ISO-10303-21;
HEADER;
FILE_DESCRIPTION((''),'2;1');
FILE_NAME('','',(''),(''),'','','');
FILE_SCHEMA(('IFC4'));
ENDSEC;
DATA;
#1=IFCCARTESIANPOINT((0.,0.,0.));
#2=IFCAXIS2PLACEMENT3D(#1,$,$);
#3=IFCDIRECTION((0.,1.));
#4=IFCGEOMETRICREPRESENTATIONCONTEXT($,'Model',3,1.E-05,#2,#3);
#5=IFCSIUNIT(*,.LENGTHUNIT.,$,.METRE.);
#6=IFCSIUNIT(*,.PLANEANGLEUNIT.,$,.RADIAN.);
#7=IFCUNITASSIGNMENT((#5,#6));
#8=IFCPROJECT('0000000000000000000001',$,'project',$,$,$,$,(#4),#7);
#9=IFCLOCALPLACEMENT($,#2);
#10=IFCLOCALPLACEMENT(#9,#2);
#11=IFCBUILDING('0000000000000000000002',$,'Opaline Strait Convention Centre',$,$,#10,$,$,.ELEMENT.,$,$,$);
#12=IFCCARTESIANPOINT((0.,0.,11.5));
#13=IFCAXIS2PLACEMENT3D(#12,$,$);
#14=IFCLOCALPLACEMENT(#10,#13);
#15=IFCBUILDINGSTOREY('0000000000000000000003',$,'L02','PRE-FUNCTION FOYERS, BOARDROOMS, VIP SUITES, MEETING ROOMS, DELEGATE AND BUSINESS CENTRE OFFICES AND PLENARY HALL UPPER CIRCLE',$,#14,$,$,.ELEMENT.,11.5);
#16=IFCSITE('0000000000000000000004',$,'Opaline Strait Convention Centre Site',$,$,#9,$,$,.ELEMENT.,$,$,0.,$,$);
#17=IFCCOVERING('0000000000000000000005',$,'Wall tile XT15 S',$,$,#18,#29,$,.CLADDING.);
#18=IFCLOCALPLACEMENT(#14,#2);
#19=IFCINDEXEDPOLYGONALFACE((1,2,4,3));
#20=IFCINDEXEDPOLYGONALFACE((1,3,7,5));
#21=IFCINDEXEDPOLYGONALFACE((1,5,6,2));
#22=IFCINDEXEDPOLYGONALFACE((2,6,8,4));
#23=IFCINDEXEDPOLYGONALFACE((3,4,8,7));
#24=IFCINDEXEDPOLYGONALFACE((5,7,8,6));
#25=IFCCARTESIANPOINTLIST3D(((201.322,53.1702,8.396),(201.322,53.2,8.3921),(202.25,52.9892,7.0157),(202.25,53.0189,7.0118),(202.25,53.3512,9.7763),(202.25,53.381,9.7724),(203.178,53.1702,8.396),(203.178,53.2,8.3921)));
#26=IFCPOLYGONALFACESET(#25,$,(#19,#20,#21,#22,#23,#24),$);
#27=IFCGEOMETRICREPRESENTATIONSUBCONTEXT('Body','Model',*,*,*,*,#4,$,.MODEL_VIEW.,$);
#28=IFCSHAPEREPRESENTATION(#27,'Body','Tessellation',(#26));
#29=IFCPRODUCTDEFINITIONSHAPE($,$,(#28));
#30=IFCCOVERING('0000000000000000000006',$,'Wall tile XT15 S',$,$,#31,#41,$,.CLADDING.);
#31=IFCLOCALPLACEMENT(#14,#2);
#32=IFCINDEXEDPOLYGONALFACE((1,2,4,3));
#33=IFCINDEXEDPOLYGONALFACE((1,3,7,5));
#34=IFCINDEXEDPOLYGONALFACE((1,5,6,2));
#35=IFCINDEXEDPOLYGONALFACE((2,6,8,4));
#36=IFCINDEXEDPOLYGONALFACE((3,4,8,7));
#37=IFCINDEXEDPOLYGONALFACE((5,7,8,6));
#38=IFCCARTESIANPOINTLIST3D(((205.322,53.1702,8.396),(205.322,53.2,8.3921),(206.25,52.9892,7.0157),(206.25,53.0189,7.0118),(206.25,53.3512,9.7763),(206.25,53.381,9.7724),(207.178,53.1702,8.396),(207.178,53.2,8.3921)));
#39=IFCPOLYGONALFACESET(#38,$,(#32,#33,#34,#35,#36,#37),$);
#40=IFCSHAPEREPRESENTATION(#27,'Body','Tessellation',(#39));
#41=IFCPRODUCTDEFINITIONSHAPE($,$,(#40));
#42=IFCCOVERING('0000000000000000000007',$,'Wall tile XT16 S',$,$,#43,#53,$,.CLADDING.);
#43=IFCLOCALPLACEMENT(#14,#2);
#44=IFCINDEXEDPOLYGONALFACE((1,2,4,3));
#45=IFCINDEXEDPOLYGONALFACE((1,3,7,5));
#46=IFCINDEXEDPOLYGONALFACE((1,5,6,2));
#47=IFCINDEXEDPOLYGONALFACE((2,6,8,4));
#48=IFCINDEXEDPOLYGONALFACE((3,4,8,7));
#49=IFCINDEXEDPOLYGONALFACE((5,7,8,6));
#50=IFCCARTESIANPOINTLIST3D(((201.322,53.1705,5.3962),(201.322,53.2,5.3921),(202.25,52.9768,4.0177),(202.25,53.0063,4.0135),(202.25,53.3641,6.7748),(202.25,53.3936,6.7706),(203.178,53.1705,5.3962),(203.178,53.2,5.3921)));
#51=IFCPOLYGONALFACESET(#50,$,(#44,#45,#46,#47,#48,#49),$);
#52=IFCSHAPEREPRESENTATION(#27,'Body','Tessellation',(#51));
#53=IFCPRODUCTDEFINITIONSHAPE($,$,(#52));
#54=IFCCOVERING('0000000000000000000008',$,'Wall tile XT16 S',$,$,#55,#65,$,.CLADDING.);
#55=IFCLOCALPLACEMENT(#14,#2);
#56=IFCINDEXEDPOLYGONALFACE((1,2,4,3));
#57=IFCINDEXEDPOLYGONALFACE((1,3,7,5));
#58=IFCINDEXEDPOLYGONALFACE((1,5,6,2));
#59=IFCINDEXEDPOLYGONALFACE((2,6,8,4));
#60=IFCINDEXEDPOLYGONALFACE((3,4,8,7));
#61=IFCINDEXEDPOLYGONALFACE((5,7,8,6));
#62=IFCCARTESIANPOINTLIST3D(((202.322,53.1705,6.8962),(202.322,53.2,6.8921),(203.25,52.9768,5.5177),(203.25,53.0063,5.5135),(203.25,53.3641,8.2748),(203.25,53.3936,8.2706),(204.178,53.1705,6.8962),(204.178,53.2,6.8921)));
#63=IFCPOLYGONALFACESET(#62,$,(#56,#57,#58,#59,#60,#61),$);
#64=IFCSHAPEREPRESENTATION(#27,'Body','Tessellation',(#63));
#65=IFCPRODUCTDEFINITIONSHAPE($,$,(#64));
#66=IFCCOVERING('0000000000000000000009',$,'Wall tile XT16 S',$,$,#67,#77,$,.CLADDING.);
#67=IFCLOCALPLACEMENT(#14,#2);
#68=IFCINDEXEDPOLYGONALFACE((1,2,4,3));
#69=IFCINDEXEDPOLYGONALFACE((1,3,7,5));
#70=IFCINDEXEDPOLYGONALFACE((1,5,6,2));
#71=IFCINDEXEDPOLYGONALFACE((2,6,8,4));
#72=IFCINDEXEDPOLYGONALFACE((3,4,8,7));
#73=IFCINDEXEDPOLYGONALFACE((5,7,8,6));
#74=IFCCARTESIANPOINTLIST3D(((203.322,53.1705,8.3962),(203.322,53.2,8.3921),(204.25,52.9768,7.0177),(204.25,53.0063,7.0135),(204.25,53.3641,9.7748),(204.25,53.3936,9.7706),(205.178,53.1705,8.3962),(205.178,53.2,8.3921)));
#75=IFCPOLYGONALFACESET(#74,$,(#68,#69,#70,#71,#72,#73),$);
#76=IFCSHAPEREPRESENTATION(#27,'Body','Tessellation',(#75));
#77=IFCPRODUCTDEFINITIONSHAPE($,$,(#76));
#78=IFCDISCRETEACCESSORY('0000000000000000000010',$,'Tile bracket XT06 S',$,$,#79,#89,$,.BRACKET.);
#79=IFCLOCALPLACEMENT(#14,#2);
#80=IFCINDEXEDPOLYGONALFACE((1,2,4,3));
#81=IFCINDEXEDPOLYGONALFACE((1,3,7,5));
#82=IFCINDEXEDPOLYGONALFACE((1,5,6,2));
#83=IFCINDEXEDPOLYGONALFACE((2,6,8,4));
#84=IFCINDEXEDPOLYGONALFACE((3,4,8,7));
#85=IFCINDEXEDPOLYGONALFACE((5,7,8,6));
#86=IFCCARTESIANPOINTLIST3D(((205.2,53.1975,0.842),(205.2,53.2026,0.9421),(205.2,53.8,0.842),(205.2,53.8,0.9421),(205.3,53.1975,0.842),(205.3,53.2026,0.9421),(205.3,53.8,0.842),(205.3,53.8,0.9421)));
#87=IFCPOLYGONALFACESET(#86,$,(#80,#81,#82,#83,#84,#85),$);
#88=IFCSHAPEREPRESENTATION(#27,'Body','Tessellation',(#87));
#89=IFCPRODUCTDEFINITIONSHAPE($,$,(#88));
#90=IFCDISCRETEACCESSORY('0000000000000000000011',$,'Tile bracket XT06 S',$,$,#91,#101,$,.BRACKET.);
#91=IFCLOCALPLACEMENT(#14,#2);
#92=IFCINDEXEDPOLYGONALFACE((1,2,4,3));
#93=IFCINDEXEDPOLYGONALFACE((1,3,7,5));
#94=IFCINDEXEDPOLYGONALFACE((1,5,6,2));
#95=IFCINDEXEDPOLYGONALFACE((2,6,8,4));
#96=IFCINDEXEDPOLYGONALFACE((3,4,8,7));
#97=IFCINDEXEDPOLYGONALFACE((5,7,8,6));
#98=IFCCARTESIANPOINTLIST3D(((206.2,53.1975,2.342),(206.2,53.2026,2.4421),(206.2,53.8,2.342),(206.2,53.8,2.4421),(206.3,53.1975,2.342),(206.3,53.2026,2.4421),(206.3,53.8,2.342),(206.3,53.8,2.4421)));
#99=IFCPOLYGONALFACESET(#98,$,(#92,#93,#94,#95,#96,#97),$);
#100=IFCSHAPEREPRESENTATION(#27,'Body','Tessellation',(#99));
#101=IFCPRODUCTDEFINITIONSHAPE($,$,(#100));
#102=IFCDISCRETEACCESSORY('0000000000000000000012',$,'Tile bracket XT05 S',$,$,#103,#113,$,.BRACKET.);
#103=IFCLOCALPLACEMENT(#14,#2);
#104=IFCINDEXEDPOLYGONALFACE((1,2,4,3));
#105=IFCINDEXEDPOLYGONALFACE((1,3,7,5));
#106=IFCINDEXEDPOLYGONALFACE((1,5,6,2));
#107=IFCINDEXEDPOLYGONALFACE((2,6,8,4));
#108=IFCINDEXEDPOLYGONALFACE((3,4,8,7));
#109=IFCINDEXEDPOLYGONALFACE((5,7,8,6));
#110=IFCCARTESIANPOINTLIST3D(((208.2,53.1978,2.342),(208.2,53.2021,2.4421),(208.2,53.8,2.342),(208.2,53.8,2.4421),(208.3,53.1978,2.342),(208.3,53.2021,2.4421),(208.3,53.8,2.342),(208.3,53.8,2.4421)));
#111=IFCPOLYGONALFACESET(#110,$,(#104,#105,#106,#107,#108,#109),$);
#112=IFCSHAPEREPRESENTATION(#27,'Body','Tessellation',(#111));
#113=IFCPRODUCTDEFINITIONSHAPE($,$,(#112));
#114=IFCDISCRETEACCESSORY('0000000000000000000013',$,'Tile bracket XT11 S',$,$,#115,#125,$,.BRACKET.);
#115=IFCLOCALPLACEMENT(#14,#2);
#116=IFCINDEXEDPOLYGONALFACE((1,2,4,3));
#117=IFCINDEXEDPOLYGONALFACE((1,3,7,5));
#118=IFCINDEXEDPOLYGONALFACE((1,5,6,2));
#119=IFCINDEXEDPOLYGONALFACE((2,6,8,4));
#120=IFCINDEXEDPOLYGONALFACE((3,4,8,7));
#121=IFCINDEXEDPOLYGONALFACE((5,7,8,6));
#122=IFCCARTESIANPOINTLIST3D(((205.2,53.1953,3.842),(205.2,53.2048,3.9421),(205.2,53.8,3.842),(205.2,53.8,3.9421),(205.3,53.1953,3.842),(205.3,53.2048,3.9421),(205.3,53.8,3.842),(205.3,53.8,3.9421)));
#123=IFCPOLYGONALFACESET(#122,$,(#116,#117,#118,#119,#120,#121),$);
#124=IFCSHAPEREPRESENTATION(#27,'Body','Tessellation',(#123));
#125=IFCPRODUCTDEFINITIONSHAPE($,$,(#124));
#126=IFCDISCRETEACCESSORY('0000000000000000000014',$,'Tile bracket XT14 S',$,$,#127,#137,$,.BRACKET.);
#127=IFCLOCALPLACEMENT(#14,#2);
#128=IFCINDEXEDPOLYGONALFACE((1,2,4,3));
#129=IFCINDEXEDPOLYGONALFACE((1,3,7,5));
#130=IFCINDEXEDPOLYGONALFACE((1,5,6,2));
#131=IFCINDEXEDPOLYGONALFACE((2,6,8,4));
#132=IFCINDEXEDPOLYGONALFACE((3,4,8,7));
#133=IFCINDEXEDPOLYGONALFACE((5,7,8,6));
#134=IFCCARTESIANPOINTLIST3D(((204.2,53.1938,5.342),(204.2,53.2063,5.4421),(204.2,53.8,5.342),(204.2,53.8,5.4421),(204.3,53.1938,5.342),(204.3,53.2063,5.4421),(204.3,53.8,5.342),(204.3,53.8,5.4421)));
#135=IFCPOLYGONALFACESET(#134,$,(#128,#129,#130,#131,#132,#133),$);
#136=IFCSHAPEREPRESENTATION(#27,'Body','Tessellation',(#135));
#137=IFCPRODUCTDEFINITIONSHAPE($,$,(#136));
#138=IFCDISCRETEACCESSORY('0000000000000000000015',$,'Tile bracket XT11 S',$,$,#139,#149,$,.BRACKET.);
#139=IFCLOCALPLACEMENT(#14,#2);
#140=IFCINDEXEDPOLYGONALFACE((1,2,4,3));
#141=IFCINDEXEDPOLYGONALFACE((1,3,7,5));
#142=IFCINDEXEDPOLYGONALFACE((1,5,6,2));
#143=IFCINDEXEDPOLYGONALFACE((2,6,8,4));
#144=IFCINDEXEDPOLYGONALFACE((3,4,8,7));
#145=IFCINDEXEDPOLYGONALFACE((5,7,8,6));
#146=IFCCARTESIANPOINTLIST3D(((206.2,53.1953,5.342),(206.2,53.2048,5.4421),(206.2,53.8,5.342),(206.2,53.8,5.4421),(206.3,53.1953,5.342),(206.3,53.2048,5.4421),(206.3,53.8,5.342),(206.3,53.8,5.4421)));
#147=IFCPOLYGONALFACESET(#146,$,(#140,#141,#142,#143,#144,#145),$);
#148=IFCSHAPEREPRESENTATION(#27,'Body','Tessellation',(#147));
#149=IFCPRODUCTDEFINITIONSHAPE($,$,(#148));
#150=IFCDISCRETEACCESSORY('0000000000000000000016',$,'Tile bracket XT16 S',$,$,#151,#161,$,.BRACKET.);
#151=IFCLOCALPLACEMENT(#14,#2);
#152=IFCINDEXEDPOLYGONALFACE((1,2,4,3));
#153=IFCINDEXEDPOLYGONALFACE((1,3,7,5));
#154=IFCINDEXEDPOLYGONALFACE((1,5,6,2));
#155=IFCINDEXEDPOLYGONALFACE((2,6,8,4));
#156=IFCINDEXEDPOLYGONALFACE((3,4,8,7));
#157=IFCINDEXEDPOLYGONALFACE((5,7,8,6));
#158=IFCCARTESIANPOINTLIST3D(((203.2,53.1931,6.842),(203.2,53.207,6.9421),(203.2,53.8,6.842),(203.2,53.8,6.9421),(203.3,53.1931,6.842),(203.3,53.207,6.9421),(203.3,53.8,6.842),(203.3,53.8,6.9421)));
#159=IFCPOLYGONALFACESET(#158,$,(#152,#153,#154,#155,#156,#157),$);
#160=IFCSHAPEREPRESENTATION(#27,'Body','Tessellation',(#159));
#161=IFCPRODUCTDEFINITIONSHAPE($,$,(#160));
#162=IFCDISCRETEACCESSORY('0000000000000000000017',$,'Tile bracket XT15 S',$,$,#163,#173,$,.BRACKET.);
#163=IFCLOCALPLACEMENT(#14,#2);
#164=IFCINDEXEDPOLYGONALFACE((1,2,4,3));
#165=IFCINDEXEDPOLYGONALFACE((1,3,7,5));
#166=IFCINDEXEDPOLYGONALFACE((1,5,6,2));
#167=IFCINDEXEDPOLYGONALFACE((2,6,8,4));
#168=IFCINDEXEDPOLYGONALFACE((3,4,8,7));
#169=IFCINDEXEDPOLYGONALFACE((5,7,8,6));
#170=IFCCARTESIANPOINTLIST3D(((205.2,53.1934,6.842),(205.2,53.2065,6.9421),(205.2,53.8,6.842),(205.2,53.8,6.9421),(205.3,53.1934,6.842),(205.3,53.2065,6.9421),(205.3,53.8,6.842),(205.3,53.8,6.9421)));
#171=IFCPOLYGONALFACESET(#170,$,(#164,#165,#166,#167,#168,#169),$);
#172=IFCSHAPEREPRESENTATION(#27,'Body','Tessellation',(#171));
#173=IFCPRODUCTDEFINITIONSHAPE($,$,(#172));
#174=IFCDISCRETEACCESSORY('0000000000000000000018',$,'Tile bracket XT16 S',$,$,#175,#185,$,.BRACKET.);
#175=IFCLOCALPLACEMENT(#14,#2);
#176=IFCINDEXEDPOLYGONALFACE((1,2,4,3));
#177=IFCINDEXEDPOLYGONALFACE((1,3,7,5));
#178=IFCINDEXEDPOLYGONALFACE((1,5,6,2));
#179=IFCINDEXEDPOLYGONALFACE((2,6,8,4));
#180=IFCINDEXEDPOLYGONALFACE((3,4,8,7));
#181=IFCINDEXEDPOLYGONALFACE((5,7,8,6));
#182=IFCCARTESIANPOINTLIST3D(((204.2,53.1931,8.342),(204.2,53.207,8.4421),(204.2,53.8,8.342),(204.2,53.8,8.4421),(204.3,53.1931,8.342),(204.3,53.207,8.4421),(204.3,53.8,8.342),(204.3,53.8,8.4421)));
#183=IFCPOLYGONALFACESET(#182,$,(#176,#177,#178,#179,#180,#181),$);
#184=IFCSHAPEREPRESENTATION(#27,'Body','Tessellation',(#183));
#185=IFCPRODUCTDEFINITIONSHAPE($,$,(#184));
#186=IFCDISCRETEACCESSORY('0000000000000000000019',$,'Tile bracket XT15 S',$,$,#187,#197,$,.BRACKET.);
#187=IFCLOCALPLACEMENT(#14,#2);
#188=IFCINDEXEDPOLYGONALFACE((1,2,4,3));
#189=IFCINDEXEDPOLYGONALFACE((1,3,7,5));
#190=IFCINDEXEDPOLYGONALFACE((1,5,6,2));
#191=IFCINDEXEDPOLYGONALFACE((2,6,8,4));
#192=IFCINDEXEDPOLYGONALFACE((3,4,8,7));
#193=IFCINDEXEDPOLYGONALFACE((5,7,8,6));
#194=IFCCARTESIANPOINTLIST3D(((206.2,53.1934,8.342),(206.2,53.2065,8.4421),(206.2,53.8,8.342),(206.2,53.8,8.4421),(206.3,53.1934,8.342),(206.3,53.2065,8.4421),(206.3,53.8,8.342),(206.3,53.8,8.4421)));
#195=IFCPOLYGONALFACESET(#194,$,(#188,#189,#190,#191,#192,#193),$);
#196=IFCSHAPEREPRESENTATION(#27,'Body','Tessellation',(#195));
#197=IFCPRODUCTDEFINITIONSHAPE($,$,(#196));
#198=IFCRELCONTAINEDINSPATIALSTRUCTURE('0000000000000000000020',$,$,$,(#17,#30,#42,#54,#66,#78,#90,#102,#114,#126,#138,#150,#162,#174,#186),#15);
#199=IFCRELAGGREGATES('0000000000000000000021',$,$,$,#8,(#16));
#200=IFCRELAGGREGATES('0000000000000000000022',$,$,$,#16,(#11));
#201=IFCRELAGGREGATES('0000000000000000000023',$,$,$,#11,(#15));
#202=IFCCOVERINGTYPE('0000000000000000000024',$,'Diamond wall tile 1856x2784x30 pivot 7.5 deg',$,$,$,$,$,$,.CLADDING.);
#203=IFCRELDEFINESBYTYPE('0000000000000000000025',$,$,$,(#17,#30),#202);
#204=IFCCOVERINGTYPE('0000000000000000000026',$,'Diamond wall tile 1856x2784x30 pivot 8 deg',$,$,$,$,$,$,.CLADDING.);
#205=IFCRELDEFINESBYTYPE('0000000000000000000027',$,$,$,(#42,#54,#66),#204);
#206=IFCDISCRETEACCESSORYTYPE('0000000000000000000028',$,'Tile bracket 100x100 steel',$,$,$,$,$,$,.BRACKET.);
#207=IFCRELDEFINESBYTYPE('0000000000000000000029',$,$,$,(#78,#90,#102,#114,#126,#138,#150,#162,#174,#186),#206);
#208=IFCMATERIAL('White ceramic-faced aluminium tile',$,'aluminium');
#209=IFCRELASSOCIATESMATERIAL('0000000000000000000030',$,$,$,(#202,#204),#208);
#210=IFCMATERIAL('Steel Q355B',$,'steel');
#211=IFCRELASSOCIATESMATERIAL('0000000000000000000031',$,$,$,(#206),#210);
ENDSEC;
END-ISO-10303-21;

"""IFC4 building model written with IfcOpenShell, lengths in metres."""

from ifc_helpers import new_model, si_unit, direction, frame, origin, place, context, subcontext, project, spatial, polyline, outline, extrude, material, material_profile, profile_set, type_object, element, save


model = new_model("IFC4")

# Units and contexts
model_context = context("Model", 3, precision=1e-05, world=origin(), true_north=direction((0.0, 1.0)))
body_context = subcontext(model_context, "Body", "Model", "MODEL_VIEW")
ifc_project = project(units=[si_unit("LENGTHUNIT", "METRE"), si_unit("PLANEANGLEUNIT", "RADIAN")], contexts=[model_context])

# Site, building, storey
site_placement = place(None, origin())
site = spatial("IfcSite", under=ifc_project, at=site_placement, Name="Opaline Strait Convention Centre Site", CompositionType="ELEMENT", RefElevation=0.0)
building_placement = place(site_placement, origin())
building = spatial("IfcBuilding", under=site, at=building_placement, Name="Opaline Strait Convention Centre", CompositionType="ELEMENT")
storey_placement = place(building_placement, frame((0.0, 0.0, 11.5)))
storey = spatial("IfcBuildingStorey", under=building, at=storey_placement, Name="L02", Description="PRE-FUNCTION FOYERS, BOARDROOMS, VIP SUITES, MEETING ROOMS, DELEGATE AND BUSINESS CENTRE OFFICES AND PLENARY HALL UPPER CIRCLE", CompositionType="ELEMENT", Elevation=11.5)

# Shared definitions
ifc_material_1 = material(Name="Steel Q355B", Category="steel")

# Coverings
ifc_material_2 = material(Name="White ceramic-faced aluminium tile", Category="aluminium")
ifc_material_profile_1 = material_profile(ifc_material_2, outline(polyline([(0.928, 0.0), (0.0, 1.3921), (-0.928, 0.0), (0.0, -1.3921), (0.928, 0.0)])), Name="Diamond tile 1856x2784")
ifc_profile_set_1 = profile_set([ifc_material_profile_1], Name="White ceramic-faced aluminium tile")
covering_type_1 = type_object("IfcCoveringType", Name="Diamond wall tile 1856x2784x30 pivot 7.5 deg", PredefinedType="CLADDING", material=ifc_profile_set_1)
for number, where, z_axis, x_axis, name in (
    (1, (202.25, 53.2, 8.3921), (0.0, -0.99151, 0.130034), (1.0, 0.0, 0.0), "Wall tile XT15 S"),
    (2, (206.25, 53.2, 8.3921), (0.0, -0.99151, 0.130034), (1.0, 0.0, 0.0), "Wall tile XT15 S"),
):
    element("IfcCovering", number, at=place(storey_placement, frame(where, z_axis=z_axis, x_axis=x_axis)), inside=storey, type_object=covering_type_1, Name=name, PredefinedType="CLADDING", context=body_context, shape_type="SweptSolid", body=[
        extrude(outline(polyline([(0.928, 0.0), (0.0, 1.3921), (-0.928, 0.0), (0.0, -1.3921), (0.928, 0.0)])), origin(), (0.0, 0.0, 1.0), 0.03),
    ])
ifc_material_profile_2 = material_profile(ifc_material_2, outline(polyline([(0.928, 0.0), (0.0, 1.3921), (-0.928, 0.0), (0.0, -1.3921), (0.928, 0.0)])), Name="Diamond tile 1856x2784")
ifc_profile_set_2 = profile_set([ifc_material_profile_2], Name="White ceramic-faced aluminium tile")
covering_type_2 = type_object("IfcCoveringType", Name="Diamond wall tile 1856x2784x30 pivot 8 deg", PredefinedType="CLADDING", material=ifc_profile_set_2)
for number, where, z_axis, x_axis, name in (
    (3, (202.25, 53.2, 5.3921), (0.0, -0.990274, 0.139129), (1.0, 0.0, 0.0), "Wall tile XT16 S"),
    (4, (203.25, 53.2, 6.8921), (0.0, -0.990274, 0.139129), (1.0, 0.0, 0.0), "Wall tile XT16 S"),
    (5, (204.25, 53.2, 8.3921), (0.0, -0.990274, 0.139129), (1.0, 0.0, 0.0), "Wall tile XT16 S"),
):
    element("IfcCovering", number, at=place(storey_placement, frame(where, z_axis=z_axis, x_axis=x_axis)), inside=storey, type_object=covering_type_2, Name=name, PredefinedType="CLADDING", context=body_context, shape_type="SweptSolid", body=[
        extrude(outline(polyline([(0.928, 0.0), (0.0, 1.3921), (-0.928, 0.0), (0.0, -1.3921), (0.928, 0.0)])), origin(), (0.0, 0.0, 1.0), 0.0298),
    ])

# Discrete accessories
discrete_accessory_type = type_object("IfcDiscreteAccessoryType", Name="Tile bracket 100x100 steel", PredefinedType="BRACKET", material=ifc_material_1)
for number, where, z_axis, x_axis, name in (
    (6, (205.2, 53.8, 0.8921), (1.0, 0.0, 0.0), (0.0, 1.0, 0.0), "Tile bracket XT06 S"),
    (7, (206.2, 53.8, 2.3921), (1.0, 0.0, 0.0), (0.0, 1.0, 0.0), "Tile bracket XT06 S"),
):
    element("IfcDiscreteAccessory", number, at=place(storey_placement, frame(where, z_axis=z_axis, x_axis=x_axis)), inside=storey, type_object=discrete_accessory_type, Name=name, PredefinedType="BRACKET", context=body_context, shape_type="SweptSolid", body=[
        extrude(outline(polyline([(0.0, -0.05), (0.0, 0.05), (-0.5974, 0.05), (-0.6025, -0.05), (0.0, -0.05)])), origin(), (0.0, 0.0, 1.0), 0.1001),
    ])
discrete_accessory_1_placement = place(storey_placement, frame((208.2, 53.8, 2.3921), z_axis=(1.0, 0.0, 0.0), x_axis=(0.0, 1.0, 0.0)))
element("IfcDiscreteAccessory", 8, at=discrete_accessory_1_placement, inside=storey, type_object=discrete_accessory_type, Name="Tile bracket XT05 S", PredefinedType="BRACKET", context=body_context, shape_type="SweptSolid", body=[
    extrude(outline(polyline([(0.0, -0.05), (0.0, 0.05), (-0.5979, 0.05), (-0.6023, -0.05), (0.0, -0.05)])), origin(), (0.0, 0.0, 1.0), 0.1001),
])
discrete_accessory_2_placement = place(storey_placement, frame((205.2, 53.8, 3.8921), z_axis=(1.0, 0.0, 0.0), x_axis=(0.0, 1.0, 0.0)))
element("IfcDiscreteAccessory", 9, at=discrete_accessory_2_placement, inside=storey, type_object=discrete_accessory_type, Name="Tile bracket XT11 S", PredefinedType="BRACKET", context=body_context, shape_type="SweptSolid", body=[
    extrude(outline(polyline([(0.0, -0.05), (0.0, 0.05), (-0.5952, 0.05), (-0.6047, -0.05), (0.0, -0.05)])), origin(), (0.0, 0.0, 1.0), 0.1001),
])
discrete_accessory_3_placement = place(storey_placement, frame((204.2, 53.8, 5.3921), z_axis=(1.0, 0.0, 0.0), x_axis=(0.0, 1.0, 0.0)))
element("IfcDiscreteAccessory", 10, at=discrete_accessory_3_placement, inside=storey, type_object=discrete_accessory_type, Name="Tile bracket XT14 S", PredefinedType="BRACKET", context=body_context, shape_type="SweptSolid", body=[
    extrude(outline(polyline([(0.0, -0.05), (0.0, 0.05), (-0.5938, 0.05), (-0.6062, -0.05), (0.0, -0.05)])), origin(), (0.0, 0.0, 1.0), 0.1001),
])
discrete_accessory_4_placement = place(storey_placement, frame((206.2, 53.8, 5.3921), z_axis=(1.0, 0.0, 0.0), x_axis=(0.0, 1.0, 0.0)))
element("IfcDiscreteAccessory", 11, at=discrete_accessory_4_placement, inside=storey, type_object=discrete_accessory_type, Name="Tile bracket XT11 S", PredefinedType="BRACKET", context=body_context, shape_type="SweptSolid", body=[
    extrude(outline(polyline([(0.0, -0.05), (0.0, 0.05), (-0.5952, 0.05), (-0.6047, -0.05), (0.0, -0.05)])), origin(), (0.0, 0.0, 1.0), 0.1001),
])
discrete_accessory_5_placement = place(storey_placement, frame((203.2, 53.8, 6.8921), z_axis=(1.0, 0.0, 0.0), x_axis=(0.0, 1.0, 0.0)))
element("IfcDiscreteAccessory", 12, at=discrete_accessory_5_placement, inside=storey, type_object=discrete_accessory_type, Name="Tile bracket XT16 S", PredefinedType="BRACKET", context=body_context, shape_type="SweptSolid", body=[
    extrude(outline(polyline([(0.0, -0.05), (0.0, 0.05), (-0.593, 0.05), (-0.6069, -0.05), (0.0, -0.05)])), origin(), (0.0, 0.0, 1.0), 0.1001),
])
discrete_accessory_6_placement = place(storey_placement, frame((205.2, 53.8, 6.8921), z_axis=(1.0, 0.0, 0.0), x_axis=(0.0, 1.0, 0.0)))
element("IfcDiscreteAccessory", 13, at=discrete_accessory_6_placement, inside=storey, type_object=discrete_accessory_type, Name="Tile bracket XT15 S", PredefinedType="BRACKET", context=body_context, shape_type="SweptSolid", body=[
    extrude(outline(polyline([(0.0, -0.05), (0.0, 0.05), (-0.5935, 0.05), (-0.6067, -0.05), (0.0, -0.05)])), origin(), (0.0, 0.0, 1.0), 0.1001),
])
discrete_accessory_7_placement = place(storey_placement, frame((204.2, 53.8, 8.3921), z_axis=(1.0, 0.0, 0.0), x_axis=(0.0, 1.0, 0.0)))
element("IfcDiscreteAccessory", 14, at=discrete_accessory_7_placement, inside=storey, type_object=discrete_accessory_type, Name="Tile bracket XT16 S", PredefinedType="BRACKET", context=body_context, shape_type="SweptSolid", body=[
    extrude(outline(polyline([(0.0, -0.05), (0.0, 0.05), (-0.593, 0.05), (-0.6069, -0.05), (0.0, -0.05)])), origin(), (0.0, 0.0, 1.0), 0.1001),
])
for number, where, z_axis, x_axis, name in (
    (15, (206.2, 53.8, 8.3921), (1.0, 0.0, 0.0), (0.0, 1.0, 0.0), "Tile bracket XT15 S"),
):
    element("IfcDiscreteAccessory", number, at=place(storey_placement, frame(where, z_axis=z_axis, x_axis=x_axis)), inside=storey, type_object=discrete_accessory_type, Name=name, PredefinedType="BRACKET", context=body_context, shape_type="SweptSolid", body=[
        extrude(outline(polyline([(0.0, -0.05), (0.0, 0.05), (-0.5935, 0.05), (-0.6067, -0.05), (0.0, -0.05)])), origin(), (0.0, 0.0, 1.0), 0.1001),
    ])

save(model, "model.ifc")
